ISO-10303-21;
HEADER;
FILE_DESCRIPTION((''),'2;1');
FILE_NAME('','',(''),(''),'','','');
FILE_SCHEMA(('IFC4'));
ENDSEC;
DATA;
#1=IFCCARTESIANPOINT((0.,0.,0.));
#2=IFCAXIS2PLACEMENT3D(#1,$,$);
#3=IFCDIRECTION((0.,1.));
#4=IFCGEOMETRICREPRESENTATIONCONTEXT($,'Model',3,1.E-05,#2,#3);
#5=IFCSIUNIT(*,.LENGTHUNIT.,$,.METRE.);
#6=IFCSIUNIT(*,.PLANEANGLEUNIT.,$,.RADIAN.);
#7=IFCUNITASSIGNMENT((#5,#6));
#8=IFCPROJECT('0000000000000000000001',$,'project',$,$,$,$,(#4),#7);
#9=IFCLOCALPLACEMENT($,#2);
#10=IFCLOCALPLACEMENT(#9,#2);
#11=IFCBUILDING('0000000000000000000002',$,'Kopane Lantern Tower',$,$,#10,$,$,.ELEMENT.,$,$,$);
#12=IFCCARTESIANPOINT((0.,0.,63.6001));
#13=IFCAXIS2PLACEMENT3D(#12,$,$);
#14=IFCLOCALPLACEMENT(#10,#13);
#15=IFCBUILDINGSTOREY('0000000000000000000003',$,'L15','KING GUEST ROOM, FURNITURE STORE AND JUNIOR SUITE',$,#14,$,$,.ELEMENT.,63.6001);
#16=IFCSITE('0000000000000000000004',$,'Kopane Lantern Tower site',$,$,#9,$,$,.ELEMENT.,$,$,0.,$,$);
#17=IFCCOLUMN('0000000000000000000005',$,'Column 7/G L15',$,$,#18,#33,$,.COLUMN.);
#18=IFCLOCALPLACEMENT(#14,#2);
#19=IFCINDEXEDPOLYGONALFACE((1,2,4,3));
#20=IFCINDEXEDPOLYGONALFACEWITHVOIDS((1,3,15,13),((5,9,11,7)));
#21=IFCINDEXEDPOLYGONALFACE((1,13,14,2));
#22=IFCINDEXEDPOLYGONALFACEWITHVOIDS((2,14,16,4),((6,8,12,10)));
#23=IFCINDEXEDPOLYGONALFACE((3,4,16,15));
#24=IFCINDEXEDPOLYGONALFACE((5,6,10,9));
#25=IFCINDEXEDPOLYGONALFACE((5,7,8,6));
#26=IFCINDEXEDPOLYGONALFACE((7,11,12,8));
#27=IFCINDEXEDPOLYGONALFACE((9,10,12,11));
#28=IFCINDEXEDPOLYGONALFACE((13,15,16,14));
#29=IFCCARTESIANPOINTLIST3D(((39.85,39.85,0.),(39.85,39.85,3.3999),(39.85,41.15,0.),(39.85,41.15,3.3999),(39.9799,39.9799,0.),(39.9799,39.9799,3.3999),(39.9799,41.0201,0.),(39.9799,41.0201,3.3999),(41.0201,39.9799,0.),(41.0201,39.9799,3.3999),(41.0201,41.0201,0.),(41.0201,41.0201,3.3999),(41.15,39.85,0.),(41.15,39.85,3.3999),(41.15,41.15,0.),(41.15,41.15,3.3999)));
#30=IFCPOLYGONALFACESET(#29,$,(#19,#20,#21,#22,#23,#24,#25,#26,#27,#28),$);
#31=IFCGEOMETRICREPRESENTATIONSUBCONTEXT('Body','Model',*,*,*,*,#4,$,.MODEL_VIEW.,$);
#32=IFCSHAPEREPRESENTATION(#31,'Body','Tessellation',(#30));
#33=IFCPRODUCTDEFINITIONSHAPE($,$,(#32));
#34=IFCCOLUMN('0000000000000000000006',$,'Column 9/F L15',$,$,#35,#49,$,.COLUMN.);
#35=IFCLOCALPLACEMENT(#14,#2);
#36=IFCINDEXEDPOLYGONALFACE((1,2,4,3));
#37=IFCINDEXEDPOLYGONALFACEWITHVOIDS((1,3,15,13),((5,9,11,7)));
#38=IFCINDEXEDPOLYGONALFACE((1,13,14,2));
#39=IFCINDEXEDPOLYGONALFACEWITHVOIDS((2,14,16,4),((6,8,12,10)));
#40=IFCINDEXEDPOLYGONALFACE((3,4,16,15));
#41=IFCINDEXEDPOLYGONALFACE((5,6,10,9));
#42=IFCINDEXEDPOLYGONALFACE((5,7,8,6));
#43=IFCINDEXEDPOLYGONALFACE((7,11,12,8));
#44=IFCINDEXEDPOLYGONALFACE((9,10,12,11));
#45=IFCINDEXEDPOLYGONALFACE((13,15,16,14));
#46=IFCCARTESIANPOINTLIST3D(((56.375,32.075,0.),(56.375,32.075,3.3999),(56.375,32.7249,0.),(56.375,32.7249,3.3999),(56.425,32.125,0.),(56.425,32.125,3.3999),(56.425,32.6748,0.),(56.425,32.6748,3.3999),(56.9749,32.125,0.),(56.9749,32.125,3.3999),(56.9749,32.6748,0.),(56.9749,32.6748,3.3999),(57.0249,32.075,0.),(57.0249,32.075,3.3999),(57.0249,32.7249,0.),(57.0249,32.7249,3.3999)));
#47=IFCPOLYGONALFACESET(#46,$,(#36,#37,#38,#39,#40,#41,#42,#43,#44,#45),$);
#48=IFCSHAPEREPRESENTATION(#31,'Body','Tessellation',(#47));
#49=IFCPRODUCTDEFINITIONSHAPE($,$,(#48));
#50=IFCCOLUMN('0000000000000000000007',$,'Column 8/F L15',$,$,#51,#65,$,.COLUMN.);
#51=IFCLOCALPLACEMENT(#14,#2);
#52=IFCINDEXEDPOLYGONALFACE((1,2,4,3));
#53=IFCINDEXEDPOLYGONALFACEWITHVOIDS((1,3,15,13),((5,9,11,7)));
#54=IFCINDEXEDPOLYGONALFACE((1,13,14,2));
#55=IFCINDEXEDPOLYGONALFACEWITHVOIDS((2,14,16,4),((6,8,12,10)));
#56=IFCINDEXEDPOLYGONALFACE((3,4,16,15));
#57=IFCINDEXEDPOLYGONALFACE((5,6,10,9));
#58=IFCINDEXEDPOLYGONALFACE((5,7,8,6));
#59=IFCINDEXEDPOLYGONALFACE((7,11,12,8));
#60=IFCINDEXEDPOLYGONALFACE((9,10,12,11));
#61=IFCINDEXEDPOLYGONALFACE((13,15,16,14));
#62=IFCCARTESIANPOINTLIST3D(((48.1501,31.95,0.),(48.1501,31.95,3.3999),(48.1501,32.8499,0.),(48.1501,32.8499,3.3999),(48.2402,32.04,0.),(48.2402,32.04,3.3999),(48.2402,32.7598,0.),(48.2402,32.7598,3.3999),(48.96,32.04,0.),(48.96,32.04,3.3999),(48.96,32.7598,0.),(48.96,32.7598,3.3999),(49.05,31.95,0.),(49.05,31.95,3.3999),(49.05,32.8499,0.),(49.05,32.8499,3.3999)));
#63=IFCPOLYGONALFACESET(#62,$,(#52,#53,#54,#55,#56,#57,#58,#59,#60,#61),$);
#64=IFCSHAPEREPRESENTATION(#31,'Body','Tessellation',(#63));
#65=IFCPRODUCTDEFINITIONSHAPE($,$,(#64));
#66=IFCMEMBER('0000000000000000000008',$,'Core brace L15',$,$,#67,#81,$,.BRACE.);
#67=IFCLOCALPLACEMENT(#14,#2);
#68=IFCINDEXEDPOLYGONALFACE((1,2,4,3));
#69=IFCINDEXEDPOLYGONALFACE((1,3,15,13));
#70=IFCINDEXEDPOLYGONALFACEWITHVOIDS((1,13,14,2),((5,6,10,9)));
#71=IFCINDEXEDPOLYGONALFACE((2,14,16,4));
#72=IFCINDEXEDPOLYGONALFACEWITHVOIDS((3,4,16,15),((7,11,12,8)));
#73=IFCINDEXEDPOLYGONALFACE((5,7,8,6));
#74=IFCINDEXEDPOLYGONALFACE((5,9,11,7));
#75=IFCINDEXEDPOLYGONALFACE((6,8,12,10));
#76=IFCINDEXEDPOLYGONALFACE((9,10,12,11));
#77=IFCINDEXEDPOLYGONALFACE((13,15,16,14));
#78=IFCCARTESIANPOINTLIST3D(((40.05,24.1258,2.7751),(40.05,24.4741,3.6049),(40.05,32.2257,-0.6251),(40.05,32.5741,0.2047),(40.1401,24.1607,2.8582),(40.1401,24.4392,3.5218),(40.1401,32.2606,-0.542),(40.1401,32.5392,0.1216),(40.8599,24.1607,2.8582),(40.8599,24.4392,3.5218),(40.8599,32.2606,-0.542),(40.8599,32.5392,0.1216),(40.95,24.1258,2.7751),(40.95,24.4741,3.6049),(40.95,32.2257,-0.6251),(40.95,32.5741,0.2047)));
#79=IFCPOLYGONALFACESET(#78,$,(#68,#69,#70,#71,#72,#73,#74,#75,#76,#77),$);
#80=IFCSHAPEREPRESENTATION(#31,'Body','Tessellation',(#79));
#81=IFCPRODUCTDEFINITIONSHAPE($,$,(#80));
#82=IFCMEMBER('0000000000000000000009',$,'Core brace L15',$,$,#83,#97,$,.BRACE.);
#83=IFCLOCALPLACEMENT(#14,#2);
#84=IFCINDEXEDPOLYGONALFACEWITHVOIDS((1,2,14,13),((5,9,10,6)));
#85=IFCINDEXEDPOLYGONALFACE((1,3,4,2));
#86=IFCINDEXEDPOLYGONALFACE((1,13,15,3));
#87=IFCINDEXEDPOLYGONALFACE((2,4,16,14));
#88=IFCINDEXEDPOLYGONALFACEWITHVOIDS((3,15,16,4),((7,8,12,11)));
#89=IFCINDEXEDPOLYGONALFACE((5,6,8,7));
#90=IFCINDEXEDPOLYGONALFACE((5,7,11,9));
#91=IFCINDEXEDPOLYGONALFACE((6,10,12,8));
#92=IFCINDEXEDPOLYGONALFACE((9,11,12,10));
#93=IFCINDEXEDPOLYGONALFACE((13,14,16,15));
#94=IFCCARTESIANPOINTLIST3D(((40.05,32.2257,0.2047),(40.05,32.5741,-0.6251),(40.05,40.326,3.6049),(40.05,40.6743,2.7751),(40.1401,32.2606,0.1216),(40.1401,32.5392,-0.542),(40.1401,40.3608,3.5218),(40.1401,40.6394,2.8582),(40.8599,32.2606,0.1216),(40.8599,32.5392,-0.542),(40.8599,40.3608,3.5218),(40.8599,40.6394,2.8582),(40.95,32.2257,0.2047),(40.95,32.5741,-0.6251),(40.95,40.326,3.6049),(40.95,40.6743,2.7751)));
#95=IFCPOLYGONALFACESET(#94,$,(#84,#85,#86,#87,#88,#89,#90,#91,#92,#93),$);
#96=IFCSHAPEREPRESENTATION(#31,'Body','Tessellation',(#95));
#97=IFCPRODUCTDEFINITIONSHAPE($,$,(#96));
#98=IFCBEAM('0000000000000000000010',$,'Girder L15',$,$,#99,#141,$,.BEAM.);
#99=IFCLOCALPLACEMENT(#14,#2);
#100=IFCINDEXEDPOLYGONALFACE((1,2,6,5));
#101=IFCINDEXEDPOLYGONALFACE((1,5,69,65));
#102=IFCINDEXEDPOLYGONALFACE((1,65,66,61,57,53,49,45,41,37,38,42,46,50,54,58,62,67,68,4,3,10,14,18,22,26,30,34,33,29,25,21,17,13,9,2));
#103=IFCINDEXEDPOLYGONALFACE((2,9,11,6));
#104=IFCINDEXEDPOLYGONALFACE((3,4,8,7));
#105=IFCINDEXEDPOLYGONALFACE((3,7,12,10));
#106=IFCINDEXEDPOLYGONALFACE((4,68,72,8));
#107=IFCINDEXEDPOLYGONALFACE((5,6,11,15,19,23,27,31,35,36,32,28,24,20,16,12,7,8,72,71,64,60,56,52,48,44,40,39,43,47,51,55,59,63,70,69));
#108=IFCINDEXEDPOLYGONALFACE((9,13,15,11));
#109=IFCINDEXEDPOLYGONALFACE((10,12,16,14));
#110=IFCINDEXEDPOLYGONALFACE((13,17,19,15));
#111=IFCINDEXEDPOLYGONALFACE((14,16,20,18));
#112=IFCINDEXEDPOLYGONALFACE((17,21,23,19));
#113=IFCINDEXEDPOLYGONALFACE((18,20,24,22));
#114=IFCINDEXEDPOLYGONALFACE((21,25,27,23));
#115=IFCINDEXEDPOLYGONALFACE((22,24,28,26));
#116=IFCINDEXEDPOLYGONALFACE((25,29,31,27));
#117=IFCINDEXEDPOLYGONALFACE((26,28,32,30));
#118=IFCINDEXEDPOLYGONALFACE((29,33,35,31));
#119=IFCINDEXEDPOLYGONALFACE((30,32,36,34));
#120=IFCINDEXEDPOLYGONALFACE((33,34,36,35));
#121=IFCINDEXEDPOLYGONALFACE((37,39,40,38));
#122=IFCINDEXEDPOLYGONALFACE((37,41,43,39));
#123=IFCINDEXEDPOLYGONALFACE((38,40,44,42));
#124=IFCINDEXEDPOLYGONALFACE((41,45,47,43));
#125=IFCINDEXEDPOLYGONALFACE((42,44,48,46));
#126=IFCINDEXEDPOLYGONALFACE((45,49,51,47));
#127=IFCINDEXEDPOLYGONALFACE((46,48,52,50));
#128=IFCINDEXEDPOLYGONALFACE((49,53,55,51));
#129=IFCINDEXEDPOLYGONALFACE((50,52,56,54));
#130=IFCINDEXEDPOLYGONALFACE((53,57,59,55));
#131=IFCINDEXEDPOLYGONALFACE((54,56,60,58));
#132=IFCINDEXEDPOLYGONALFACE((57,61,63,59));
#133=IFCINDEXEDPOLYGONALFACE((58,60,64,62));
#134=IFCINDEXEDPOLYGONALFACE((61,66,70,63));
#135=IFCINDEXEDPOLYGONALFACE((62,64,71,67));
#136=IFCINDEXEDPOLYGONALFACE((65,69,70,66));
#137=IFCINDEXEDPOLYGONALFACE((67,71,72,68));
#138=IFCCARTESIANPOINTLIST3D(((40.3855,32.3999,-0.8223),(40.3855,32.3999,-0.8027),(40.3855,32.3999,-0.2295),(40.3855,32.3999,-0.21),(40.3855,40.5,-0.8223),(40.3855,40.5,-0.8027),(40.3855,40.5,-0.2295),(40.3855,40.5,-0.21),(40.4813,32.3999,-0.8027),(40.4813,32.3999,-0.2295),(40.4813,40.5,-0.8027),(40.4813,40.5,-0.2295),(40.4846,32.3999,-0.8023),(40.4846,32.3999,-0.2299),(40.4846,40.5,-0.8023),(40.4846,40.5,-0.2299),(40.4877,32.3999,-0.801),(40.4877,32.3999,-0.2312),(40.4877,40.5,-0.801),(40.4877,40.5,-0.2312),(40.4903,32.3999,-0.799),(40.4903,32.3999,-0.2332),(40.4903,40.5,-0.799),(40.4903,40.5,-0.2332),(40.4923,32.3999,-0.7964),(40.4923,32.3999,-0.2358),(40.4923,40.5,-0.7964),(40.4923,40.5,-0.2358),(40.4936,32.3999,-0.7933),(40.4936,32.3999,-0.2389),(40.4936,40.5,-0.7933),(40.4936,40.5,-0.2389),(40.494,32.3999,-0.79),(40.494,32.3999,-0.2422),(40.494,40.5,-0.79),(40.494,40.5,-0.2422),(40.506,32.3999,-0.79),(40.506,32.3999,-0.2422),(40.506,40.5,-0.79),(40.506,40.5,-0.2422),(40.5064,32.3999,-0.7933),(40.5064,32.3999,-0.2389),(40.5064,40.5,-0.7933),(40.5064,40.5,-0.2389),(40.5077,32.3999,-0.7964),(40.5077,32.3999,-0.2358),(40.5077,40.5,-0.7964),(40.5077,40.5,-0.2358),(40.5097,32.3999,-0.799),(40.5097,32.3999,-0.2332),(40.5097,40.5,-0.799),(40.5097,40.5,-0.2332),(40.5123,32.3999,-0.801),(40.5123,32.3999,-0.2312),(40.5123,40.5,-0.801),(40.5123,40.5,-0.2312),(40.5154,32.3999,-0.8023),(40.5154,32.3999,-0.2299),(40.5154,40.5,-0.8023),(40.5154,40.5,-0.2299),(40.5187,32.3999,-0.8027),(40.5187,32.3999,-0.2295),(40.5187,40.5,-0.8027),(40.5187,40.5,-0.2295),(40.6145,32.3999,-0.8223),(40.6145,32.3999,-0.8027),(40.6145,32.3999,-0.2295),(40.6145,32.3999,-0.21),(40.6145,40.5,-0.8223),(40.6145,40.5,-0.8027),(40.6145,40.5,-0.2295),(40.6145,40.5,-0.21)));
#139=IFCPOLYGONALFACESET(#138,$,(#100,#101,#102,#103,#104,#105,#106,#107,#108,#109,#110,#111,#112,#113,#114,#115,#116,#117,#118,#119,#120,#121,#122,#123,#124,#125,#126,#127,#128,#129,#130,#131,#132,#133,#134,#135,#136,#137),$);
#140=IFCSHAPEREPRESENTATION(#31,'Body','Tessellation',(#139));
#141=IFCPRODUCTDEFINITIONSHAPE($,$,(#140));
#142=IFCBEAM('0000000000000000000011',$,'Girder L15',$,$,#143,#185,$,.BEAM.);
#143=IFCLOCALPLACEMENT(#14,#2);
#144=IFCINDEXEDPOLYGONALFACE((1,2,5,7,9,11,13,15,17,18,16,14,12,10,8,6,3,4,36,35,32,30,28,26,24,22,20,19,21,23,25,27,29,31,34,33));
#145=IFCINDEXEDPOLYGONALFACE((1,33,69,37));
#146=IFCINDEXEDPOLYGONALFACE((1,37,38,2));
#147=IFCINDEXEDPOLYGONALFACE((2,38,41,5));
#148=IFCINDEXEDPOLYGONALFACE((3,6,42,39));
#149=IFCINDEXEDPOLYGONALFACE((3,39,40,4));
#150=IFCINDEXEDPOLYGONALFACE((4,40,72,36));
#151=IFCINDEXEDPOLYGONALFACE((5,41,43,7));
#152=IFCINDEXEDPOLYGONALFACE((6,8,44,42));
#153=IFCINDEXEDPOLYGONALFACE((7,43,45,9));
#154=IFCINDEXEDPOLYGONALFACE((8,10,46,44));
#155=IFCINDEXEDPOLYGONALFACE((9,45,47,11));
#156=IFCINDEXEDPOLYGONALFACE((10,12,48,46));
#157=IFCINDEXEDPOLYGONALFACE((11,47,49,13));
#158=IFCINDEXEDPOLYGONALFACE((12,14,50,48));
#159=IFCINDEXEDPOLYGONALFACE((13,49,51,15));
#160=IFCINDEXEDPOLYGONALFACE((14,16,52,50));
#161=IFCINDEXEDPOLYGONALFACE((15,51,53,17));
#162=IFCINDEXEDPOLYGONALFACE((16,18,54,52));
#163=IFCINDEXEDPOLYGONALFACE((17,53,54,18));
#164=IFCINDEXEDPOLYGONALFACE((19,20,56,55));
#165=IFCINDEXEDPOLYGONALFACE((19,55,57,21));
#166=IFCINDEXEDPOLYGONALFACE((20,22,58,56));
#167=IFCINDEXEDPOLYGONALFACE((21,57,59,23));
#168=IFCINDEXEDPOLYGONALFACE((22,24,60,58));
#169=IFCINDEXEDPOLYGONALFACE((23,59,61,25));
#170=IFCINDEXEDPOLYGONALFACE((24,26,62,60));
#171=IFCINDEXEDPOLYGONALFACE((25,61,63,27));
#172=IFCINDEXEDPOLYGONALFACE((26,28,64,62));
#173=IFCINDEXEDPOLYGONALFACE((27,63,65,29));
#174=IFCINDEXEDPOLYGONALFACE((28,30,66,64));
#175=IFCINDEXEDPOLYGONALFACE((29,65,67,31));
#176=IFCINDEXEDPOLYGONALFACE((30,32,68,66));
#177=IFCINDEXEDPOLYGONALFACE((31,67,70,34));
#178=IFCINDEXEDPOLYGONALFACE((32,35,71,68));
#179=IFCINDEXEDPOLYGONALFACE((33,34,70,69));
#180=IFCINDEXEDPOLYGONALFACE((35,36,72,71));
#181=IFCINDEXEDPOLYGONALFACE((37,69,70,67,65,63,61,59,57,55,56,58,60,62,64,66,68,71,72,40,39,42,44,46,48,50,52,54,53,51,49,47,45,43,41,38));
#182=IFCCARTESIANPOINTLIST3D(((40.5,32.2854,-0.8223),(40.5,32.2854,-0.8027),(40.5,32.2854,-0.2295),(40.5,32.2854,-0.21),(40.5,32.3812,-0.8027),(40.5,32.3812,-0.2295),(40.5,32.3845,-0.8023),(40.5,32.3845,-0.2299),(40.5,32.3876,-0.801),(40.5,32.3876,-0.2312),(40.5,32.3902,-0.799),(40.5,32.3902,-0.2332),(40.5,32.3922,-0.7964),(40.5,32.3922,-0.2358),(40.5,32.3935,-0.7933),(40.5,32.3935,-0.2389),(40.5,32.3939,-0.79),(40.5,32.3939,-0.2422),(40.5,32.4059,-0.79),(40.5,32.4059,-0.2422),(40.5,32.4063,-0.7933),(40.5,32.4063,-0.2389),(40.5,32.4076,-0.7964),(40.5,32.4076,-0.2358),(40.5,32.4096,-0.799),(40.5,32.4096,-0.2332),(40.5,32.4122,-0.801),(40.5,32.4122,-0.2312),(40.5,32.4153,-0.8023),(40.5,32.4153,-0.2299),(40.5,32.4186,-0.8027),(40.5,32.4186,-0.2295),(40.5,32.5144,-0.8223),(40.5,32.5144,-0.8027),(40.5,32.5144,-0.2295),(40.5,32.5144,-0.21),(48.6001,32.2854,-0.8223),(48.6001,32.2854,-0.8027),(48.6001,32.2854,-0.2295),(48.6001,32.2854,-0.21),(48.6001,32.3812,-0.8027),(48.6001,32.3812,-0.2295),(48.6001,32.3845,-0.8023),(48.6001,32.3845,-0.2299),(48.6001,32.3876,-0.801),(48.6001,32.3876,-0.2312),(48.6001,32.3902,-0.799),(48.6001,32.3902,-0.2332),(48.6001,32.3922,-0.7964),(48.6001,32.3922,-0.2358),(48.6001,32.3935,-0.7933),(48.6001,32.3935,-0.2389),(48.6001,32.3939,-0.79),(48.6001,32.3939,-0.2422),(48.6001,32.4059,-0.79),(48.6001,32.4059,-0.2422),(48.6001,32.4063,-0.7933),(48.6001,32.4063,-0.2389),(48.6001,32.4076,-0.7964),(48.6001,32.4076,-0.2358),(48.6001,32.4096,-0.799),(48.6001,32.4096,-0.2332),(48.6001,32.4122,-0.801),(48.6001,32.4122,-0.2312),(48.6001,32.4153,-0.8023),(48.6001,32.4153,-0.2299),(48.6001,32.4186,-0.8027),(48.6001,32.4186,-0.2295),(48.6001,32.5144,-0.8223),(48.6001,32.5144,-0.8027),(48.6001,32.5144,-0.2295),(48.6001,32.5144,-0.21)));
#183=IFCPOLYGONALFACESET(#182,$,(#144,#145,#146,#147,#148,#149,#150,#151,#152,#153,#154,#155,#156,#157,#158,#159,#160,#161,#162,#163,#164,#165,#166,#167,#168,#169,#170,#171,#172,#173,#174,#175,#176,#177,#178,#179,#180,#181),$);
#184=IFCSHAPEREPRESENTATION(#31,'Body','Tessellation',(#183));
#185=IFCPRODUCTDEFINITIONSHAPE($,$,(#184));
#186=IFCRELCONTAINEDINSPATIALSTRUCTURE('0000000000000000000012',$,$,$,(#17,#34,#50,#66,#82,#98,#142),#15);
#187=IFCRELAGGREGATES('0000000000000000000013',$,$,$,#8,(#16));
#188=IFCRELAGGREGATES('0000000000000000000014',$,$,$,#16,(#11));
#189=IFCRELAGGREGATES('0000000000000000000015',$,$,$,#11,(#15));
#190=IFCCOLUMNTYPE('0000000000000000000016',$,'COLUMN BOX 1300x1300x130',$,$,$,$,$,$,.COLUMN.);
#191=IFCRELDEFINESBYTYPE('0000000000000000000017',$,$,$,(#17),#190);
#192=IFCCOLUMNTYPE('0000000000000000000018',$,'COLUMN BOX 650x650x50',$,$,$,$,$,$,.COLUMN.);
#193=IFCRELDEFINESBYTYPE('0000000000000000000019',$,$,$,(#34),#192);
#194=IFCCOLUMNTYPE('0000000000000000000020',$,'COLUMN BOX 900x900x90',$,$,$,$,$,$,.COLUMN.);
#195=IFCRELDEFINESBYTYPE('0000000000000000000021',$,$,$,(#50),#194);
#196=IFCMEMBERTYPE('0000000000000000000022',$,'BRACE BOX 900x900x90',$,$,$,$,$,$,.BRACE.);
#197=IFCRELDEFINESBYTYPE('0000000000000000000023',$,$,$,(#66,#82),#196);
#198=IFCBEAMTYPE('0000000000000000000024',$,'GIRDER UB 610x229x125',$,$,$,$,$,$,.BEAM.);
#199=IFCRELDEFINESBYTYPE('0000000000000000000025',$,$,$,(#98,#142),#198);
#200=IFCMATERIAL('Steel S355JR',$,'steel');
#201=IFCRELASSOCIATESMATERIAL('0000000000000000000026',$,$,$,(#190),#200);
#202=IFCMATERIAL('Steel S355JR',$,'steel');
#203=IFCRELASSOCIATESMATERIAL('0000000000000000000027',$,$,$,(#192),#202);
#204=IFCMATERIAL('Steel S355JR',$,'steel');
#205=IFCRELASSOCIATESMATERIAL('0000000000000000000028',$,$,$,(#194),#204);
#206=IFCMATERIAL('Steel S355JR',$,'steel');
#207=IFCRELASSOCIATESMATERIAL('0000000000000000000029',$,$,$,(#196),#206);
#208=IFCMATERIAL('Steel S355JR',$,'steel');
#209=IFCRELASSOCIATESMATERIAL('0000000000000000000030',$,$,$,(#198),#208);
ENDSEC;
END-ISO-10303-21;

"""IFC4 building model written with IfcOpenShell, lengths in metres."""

from ifc_helpers import new_model, si_unit, direction, frame, origin, origin_2d, place, context, subcontext, project, spatial, hollow_rectangle, i_section, extrude, material, material_profile, profile_set, type_object, element, save


model = new_model("IFC4")

# Units and contexts
model_context = context("Model", 3, precision=1e-05, world=origin(), true_north=direction((0.0, 1.0)))
body_context = subcontext(model_context, "Body", "Model", "MODEL_VIEW")
ifc_project = project(units=[si_unit("LENGTHUNIT", "METRE"), si_unit("PLANEANGLEUNIT", "RADIAN")], contexts=[model_context])

# Site, building, storey
site_placement = place(None, origin())
site = spatial("IfcSite", under=ifc_project, at=site_placement, Name="Kopane Lantern Tower site", CompositionType="ELEMENT", RefElevation=0.0)
building_placement = place(site_placement, origin())
building = spatial("IfcBuilding", under=site, at=building_placement, Name="Kopane Lantern Tower", CompositionType="ELEMENT")
storey_placement = place(building_placement, frame((0.0, 0.0, 63.6001)))
storey = spatial("IfcBuildingStorey", under=building, at=storey_placement, Name="L15", Description="KING GUEST ROOM, FURNITURE STORE AND JUNIOR SUITE", CompositionType="ELEMENT", Elevation=63.6001)

# Columns
ifc_material_1 = material(Name="Steel S355JR", Category="steel")
ifc_material_profile_1 = material_profile(ifc_material_1, hollow_rectangle(XDim=1.3, YDim=1.3, WallThickness=0.1299, at=origin_2d()), Name="BOX 1300x1300x130")
ifc_profile_set_1 = profile_set([ifc_material_profile_1], Name="Steel S355JR")
column_type_1 = type_object("IfcColumnType", Name="COLUMN BOX 1300x1300x130", PredefinedType="COLUMN", material=ifc_profile_set_1)
column_1_placement = place(storey_placement, frame((40.5, 40.5, 0.0), z_axis=(0.0, 0.0, 1.0), x_axis=(1.0, 0.0, 0.0)))
element("IfcColumn", 1, at=column_1_placement, inside=storey, type_object=column_type_1, Name="Column 7/G L15", PredefinedType="COLUMN", context=body_context, shape_type="SweptSolid", body=[
    extrude(hollow_rectangle(XDim=1.3, YDim=1.3, WallThickness=0.1299, at=origin_2d()), origin(), (0.0, 0.0, 1.0), 3.3999),
])
ifc_material_2 = material(Name="Steel S355JR", Category="steel")
ifc_material_profile_2 = material_profile(ifc_material_2, hollow_rectangle(XDim=0.6499, YDim=0.6499, WallThickness=0.05, at=origin_2d()), Name="BOX 650x650x50")
ifc_profile_set_2 = profile_set([ifc_material_profile_2], Name="Steel S355JR")
column_type_2 = type_object("IfcColumnType", Name="COLUMN BOX 650x650x50", PredefinedType="COLUMN", material=ifc_profile_set_2)
column_2_placement = place(storey_placement, frame((56.7, 32.3999, 0.0), z_axis=(0.0, 0.0, 1.0), x_axis=(1.0, 0.0, 0.0)))
element("IfcColumn", 2, at=column_2_placement, inside=storey, type_object=column_type_2, Name="Column 9/F L15", PredefinedType="COLUMN", context=body_context, shape_type="SweptSolid", body=[
    extrude(hollow_rectangle(XDim=0.6499, YDim=0.6499, WallThickness=0.05, at=origin_2d()), origin(), (0.0, 0.0, 1.0), 3.3999),
])
ifc_material_3 = material(Name="Steel S355JR", Category="steel")
ifc_material_profile_3 = material_profile(ifc_material_3, hollow_rectangle(XDim=0.8999, YDim=0.8999, WallThickness=0.0901, at=origin_2d()), Name="BOX 900x900x90")
ifc_profile_set_3 = profile_set([ifc_material_profile_3], Name="Steel S355JR")
column_type_3 = type_object("IfcColumnType", Name="COLUMN BOX 900x900x90", PredefinedType="COLUMN", material=ifc_profile_set_3)
column_3_placement = place(storey_placement, frame((48.6001, 32.3999, 0.0), z_axis=(0.0, 0.0, 1.0), x_axis=(1.0, 0.0, 0.0)))
element("IfcColumn", 3, at=column_3_placement, inside=storey, type_object=column_type_3, Name="Column 8/F L15", PredefinedType="COLUMN", context=body_context, shape_type="SweptSolid", body=[
    extrude(hollow_rectangle(XDim=0.8999, YDim=0.8999, WallThickness=0.0901, at=origin_2d()), origin(), (0.0, 0.0, 1.0), 3.3999),
])

# Members
ifc_material_4 = material(Name="Steel S355JR", Category="steel")
ifc_material_profile_4 = material_profile(ifc_material_4, hollow_rectangle(XDim=0.8999, YDim=0.8999, WallThickness=0.0901, at=origin_2d()), Name="BOX 900x900x90")
ifc_profile_set_4 = profile_set([ifc_material_profile_4], Name="Steel S355JR")
member_type = type_object("IfcMemberType", Name="BRACE BOX 900x900x90", PredefinedType="BRACE", material=ifc_profile_set_4)
member_1_placement = place(storey_placement, frame((40.5, 32.3999, -0.2102), z_axis=(0.0, -0.922055, 0.387059), x_axis=(1.0, 0.0, 0.0)))
element("IfcMember", 4, at=member_1_placement, inside=storey, type_object=member_type, Name="Core brace L15", PredefinedType="BRACE", context=body_context, shape_type="SweptSolid", body=[
    extrude(hollow_rectangle(XDim=0.8999, YDim=0.8999, WallThickness=0.0901, at=origin_2d()), origin(), (0.0, 0.0, 1.0), 8.7847),
])
member_2_placement = place(storey_placement, frame((40.5, 32.3999, -0.2102), z_axis=(0.0, 0.922059, 0.387049), x_axis=(-1.0, 0.0, 0.0)))
element("IfcMember", 5, at=member_2_placement, inside=storey, type_object=member_type, Name="Core brace L15", PredefinedType="BRACE", context=body_context, shape_type="SweptSolid", body=[
    extrude(hollow_rectangle(XDim=0.8999, YDim=0.8999, WallThickness=0.0901, at=origin_2d()), origin(), (0.0, 0.0, 1.0), 8.7849),
])

# Beams
ifc_material_5 = material(Name="Steel S355JR", Category="steel")
ifc_material_profile_5 = material_profile(ifc_material_5, i_section(OverallWidth=0.229, OverallDepth=0.6123, WebThickness=0.012, FlangeThickness=0.0195, FilletRadius=0.0127, at=origin_2d()), Name="UB 610x229x125")
ifc_profile_set_5 = profile_set([ifc_material_profile_5], Name="Steel S355JR")
beam_type = type_object("IfcBeamType", Name="GIRDER UB 610x229x125", PredefinedType="BEAM", material=ifc_profile_set_5)
for number, where, z_axis, x_axis, name in (
    (6, (40.5, 32.3999, -0.5161), (0.0, 1.0, 0.0), (-1.0, 0.0, 0.0), "Girder L15"),
    (7, (40.5, 32.3999, -0.5161), (1.0, 0.0, 0.0), (0.0, 1.0, 0.0), "Girder L15"),
):
    element("IfcBeam", number, at=place(storey_placement, frame(where, z_axis=z_axis, x_axis=x_axis)), inside=storey, type_object=beam_type, Name=name, PredefinedType="BEAM", context=body_context, shape_type="SweptSolid", body=[
        extrude(i_section(OverallWidth=0.229, OverallDepth=0.6123, WebThickness=0.012, FlangeThickness=0.0195, FilletRadius=0.0127, at=origin_2d()), origin(), (0.0, 0.0, 1.0), 8.1001),
    ])

save(model, "model.ifc")
